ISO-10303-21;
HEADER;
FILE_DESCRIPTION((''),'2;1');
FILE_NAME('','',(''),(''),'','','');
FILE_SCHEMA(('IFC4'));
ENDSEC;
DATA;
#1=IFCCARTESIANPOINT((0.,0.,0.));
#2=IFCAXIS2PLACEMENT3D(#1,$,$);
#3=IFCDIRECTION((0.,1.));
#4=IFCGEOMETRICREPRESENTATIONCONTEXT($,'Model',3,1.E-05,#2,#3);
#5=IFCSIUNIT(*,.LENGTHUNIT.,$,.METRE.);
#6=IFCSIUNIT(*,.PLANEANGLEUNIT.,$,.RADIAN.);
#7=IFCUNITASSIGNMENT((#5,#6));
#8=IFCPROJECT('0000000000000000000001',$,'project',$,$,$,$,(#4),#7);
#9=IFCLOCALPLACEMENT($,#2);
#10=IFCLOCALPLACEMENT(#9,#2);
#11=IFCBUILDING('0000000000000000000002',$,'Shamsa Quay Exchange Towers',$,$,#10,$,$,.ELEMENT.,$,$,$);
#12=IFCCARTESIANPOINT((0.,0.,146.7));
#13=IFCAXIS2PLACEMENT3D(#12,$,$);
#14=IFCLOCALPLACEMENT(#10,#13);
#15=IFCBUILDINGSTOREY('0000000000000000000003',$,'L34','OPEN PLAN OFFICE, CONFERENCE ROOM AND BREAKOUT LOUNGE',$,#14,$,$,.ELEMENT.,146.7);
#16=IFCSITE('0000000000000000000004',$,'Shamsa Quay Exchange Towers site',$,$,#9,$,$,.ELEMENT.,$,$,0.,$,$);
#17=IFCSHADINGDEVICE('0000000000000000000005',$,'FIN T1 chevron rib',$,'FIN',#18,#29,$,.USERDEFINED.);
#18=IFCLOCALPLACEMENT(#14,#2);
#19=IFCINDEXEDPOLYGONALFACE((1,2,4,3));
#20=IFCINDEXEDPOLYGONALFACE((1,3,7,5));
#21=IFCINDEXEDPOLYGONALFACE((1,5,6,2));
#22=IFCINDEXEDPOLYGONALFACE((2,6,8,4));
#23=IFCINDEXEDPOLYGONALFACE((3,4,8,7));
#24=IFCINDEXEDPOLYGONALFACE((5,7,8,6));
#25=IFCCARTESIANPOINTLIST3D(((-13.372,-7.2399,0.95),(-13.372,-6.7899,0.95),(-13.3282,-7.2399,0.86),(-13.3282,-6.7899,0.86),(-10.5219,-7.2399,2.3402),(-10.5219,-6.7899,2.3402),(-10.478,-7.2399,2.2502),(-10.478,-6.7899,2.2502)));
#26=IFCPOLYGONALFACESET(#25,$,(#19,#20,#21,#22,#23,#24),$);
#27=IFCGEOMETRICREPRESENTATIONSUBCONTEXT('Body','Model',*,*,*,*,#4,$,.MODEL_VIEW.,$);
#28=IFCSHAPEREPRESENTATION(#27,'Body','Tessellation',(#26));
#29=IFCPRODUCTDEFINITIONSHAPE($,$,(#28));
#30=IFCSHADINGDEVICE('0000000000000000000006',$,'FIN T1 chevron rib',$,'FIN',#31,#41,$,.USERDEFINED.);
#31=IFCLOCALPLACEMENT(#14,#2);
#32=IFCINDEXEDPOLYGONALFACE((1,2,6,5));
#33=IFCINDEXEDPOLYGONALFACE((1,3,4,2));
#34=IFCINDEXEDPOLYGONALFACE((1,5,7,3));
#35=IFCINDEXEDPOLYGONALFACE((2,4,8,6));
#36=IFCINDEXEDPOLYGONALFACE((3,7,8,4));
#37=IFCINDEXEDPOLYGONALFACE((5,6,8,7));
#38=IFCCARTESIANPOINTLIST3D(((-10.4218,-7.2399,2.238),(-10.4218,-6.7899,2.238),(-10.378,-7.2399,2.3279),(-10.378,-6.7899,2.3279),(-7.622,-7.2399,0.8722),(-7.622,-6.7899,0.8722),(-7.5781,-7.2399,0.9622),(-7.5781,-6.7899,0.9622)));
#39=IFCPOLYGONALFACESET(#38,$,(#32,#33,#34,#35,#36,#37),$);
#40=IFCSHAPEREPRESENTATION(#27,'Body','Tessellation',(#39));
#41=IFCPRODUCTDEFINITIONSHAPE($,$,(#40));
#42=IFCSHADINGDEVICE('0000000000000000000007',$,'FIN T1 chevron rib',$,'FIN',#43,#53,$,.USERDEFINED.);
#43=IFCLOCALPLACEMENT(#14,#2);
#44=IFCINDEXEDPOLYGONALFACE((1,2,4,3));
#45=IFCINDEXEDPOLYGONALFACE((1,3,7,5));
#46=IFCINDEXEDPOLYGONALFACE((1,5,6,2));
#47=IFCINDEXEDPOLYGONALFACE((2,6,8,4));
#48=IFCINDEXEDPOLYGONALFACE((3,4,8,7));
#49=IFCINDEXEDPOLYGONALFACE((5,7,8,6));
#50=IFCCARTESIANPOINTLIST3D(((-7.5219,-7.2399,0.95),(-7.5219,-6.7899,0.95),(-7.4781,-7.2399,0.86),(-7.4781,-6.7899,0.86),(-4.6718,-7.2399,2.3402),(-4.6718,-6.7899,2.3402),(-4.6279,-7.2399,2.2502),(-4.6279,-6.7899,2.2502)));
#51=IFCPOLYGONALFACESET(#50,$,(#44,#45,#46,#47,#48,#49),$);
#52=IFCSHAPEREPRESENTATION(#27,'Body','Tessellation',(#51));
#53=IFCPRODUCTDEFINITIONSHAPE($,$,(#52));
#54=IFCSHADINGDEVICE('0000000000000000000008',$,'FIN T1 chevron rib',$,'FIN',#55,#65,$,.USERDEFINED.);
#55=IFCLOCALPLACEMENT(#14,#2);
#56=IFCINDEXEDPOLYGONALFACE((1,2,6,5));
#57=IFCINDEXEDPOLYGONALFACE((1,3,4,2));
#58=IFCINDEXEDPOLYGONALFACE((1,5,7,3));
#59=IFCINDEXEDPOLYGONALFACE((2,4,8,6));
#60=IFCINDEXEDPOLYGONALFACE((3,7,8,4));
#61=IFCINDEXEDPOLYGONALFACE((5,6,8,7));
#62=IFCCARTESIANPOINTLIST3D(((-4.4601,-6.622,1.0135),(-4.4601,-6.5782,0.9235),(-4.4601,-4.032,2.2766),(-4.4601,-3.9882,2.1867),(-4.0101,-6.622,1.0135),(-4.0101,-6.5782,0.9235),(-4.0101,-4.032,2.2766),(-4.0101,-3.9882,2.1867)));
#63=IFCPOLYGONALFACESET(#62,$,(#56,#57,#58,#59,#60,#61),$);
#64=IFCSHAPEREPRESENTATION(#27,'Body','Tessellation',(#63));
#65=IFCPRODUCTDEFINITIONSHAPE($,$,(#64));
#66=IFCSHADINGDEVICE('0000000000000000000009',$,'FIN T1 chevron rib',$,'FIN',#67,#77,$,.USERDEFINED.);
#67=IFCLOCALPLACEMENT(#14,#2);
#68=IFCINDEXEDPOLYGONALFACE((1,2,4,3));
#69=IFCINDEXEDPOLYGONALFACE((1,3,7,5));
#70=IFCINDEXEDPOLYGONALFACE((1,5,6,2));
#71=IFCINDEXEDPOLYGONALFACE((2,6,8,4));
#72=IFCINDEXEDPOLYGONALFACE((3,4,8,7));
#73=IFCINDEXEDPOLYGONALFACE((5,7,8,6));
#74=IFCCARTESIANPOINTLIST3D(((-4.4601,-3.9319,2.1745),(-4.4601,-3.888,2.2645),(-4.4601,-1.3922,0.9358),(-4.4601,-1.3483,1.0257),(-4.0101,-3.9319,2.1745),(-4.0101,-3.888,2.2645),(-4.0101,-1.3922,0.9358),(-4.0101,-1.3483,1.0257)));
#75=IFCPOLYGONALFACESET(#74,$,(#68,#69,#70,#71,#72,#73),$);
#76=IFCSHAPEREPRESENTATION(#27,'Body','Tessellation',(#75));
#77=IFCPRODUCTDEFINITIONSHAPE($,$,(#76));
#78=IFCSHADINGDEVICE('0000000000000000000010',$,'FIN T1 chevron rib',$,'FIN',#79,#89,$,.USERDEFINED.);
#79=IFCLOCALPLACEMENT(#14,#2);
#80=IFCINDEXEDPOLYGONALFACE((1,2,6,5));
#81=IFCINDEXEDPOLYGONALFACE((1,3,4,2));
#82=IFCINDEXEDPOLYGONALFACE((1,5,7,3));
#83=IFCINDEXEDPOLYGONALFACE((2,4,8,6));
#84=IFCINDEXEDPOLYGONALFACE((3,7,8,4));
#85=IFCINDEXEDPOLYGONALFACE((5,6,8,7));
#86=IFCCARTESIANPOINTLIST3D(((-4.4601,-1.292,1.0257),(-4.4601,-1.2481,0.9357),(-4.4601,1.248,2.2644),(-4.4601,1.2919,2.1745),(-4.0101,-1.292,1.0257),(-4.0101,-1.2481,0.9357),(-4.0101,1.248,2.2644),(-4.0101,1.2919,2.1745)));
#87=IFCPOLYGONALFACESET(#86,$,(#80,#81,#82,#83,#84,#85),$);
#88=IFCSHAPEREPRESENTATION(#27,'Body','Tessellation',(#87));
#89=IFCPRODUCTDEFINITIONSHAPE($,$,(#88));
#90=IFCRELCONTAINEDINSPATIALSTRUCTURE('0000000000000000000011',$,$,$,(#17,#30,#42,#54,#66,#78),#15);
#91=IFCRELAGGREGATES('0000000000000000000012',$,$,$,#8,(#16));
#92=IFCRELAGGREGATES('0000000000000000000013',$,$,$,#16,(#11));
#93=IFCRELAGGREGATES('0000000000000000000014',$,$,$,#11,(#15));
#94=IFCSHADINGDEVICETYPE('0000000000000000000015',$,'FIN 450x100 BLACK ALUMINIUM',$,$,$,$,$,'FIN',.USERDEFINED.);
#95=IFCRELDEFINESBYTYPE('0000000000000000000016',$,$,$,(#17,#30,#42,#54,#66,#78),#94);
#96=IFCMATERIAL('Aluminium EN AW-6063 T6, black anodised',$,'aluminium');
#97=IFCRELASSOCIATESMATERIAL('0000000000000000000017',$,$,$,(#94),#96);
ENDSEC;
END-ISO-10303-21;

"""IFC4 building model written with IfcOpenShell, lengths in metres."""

from ifc_helpers import new_model, si_unit, direction, frame, origin, origin_2d, place, context, subcontext, project, spatial, rectangle, extrude, material, material_profile, profile_set, type_object, element, save


model = new_model("IFC4")

# Units and contexts
model_context = context("Model", 3, precision=1e-05, world=origin(), true_north=direction((0.0, 1.0)))
body_context = subcontext(model_context, "Body", "Model", "MODEL_VIEW")
ifc_project = project(units=[si_unit("LENGTHUNIT", "METRE"), si_unit("PLANEANGLEUNIT", "RADIAN")], contexts=[model_context])

# Site, building, storey
site_placement = place(None, origin())
site = spatial("IfcSite", under=ifc_project, at=site_placement, Name="Shamsa Quay Exchange Towers site", CompositionType="ELEMENT", RefElevation=0.0)
building_placement = place(site_placement, origin())
building = spatial("IfcBuilding", under=site, at=building_placement, Name="Shamsa Quay Exchange Towers", CompositionType="ELEMENT")
storey_placement = place(building_placement, frame((0.0, 0.0, 146.7)))
storey = spatial("IfcBuildingStorey", under=building, at=storey_placement, Name="L34", Description="OPEN PLAN OFFICE, CONFERENCE ROOM AND BREAKOUT LOUNGE", CompositionType="ELEMENT", Elevation=146.7)

# Shared definitions
ifc_material_1 = material(Name="Aluminium EN AW-6063 T6, black anodised", Category="aluminium")

# Shading devices
ifc_material_profile_1 = material_profile(ifc_material_1, rectangle(XDim=0.45, YDim=0.1001, at=origin_2d()), Name="FIN450x100")
ifc_profile_set_1 = profile_set([ifc_material_profile_1], Name="Aluminium EN AW-6063 T6, black anodised")
shading_device_type = type_object("IfcShadingDeviceType", Name="FIN 450x100 BLACK ALUMINIUM", ElementType="FIN", PredefinedType="USERDEFINED", material=ifc_profile_set_1)
shading_device_1_placement = place(storey_placement, frame((-13.3501, -7.0149, 0.905), z_axis=(0.898788, 0.0, 0.438384), x_axis=(0.0, 1.0, 0.0)))
element("IfcShadingDevice", 1, at=shading_device_1_placement, inside=storey, type_object=shading_device_type, Name="FIN T1 chevron rib", ObjectType="FIN", PredefinedType="USERDEFINED", context=body_context, shape_type="SweptSolid", body=[
    extrude(rectangle(XDim=0.45, YDim=0.1001, at=origin_2d()), origin(), (0.0, 0.0, 1.0), 3.1711),
])
shading_device_2_placement = place(storey_placement, frame((-10.3999, -7.0149, 2.283), z_axis=(0.898773, 0.0, -0.438414), x_axis=(0.0, 1.0, 0.0)))
element("IfcShadingDevice", 2, at=shading_device_2_placement, inside=storey, type_object=shading_device_type, Name="FIN T1 chevron rib", ObjectType="FIN", PredefinedType="USERDEFINED", context=body_context, shape_type="SweptSolid", body=[
    extrude(rectangle(XDim=0.45, YDim=0.1001, at=origin_2d()), origin(), (0.0, 0.0, 1.0), 3.1152),
])
shading_device_3_placement = place(storey_placement, frame((-7.5, -7.0149, 0.905), z_axis=(0.898788, 0.0, 0.438384), x_axis=(0.0, 1.0, 0.0)))
element("IfcShadingDevice", 3, at=shading_device_3_placement, inside=storey, type_object=shading_device_type, Name="FIN T1 chevron rib", ObjectType="FIN", PredefinedType="USERDEFINED", context=body_context, shape_type="SweptSolid", body=[
    extrude(rectangle(XDim=0.45, YDim=0.1001, at=origin_2d()), origin(), (0.0, 0.0, 1.0), 3.1711),
])
shading_device_4_placement = place(storey_placement, frame((-4.2351, -6.6001, 0.9685), z_axis=(0.0, 0.898806, 0.438347), x_axis=(-1.0, 0.0, 0.0)))
element("IfcShadingDevice", 4, at=shading_device_4_placement, inside=storey, type_object=shading_device_type, Name="FIN T1 chevron rib", ObjectType="FIN", PredefinedType="USERDEFINED", context=body_context, shape_type="SweptSolid", body=[
    extrude(rectangle(XDim=0.45, YDim=0.1001, at=origin_2d()), origin(), (0.0, 0.0, 1.0), 2.8816),
])
shading_device_5_placement = place(storey_placement, frame((-4.2351, -3.9099, 2.2195), z_axis=(0.0, 0.89879, -0.438379), x_axis=(-1.0, 0.0, 0.0)))
element("IfcShadingDevice", 5, at=shading_device_5_placement, inside=storey, type_object=shading_device_type, Name="FIN T1 chevron rib", ObjectType="FIN", PredefinedType="USERDEFINED", context=body_context, shape_type="SweptSolid", body=[
    extrude(rectangle(XDim=0.45, YDim=0.1001, at=origin_2d()), origin(), (0.0, 0.0, 1.0), 2.8257),
])
shading_device_6_placement = place(storey_placement, frame((-4.2351, -1.27, 0.9807), z_axis=(0.0, 0.898807, 0.438345), x_axis=(-1.0, 0.0, 0.0)))
element("IfcShadingDevice", 6, at=shading_device_6_placement, inside=storey, type_object=shading_device_type, Name="FIN T1 chevron rib", ObjectType="FIN", PredefinedType="USERDEFINED", context=body_context, shape_type="SweptSolid", body=[
    extrude(rectangle(XDim=0.45, YDim=0.1001, at=origin_2d()), origin(), (0.0, 0.0, 1.0), 2.8259),
])

save(model, "model.ifc")
